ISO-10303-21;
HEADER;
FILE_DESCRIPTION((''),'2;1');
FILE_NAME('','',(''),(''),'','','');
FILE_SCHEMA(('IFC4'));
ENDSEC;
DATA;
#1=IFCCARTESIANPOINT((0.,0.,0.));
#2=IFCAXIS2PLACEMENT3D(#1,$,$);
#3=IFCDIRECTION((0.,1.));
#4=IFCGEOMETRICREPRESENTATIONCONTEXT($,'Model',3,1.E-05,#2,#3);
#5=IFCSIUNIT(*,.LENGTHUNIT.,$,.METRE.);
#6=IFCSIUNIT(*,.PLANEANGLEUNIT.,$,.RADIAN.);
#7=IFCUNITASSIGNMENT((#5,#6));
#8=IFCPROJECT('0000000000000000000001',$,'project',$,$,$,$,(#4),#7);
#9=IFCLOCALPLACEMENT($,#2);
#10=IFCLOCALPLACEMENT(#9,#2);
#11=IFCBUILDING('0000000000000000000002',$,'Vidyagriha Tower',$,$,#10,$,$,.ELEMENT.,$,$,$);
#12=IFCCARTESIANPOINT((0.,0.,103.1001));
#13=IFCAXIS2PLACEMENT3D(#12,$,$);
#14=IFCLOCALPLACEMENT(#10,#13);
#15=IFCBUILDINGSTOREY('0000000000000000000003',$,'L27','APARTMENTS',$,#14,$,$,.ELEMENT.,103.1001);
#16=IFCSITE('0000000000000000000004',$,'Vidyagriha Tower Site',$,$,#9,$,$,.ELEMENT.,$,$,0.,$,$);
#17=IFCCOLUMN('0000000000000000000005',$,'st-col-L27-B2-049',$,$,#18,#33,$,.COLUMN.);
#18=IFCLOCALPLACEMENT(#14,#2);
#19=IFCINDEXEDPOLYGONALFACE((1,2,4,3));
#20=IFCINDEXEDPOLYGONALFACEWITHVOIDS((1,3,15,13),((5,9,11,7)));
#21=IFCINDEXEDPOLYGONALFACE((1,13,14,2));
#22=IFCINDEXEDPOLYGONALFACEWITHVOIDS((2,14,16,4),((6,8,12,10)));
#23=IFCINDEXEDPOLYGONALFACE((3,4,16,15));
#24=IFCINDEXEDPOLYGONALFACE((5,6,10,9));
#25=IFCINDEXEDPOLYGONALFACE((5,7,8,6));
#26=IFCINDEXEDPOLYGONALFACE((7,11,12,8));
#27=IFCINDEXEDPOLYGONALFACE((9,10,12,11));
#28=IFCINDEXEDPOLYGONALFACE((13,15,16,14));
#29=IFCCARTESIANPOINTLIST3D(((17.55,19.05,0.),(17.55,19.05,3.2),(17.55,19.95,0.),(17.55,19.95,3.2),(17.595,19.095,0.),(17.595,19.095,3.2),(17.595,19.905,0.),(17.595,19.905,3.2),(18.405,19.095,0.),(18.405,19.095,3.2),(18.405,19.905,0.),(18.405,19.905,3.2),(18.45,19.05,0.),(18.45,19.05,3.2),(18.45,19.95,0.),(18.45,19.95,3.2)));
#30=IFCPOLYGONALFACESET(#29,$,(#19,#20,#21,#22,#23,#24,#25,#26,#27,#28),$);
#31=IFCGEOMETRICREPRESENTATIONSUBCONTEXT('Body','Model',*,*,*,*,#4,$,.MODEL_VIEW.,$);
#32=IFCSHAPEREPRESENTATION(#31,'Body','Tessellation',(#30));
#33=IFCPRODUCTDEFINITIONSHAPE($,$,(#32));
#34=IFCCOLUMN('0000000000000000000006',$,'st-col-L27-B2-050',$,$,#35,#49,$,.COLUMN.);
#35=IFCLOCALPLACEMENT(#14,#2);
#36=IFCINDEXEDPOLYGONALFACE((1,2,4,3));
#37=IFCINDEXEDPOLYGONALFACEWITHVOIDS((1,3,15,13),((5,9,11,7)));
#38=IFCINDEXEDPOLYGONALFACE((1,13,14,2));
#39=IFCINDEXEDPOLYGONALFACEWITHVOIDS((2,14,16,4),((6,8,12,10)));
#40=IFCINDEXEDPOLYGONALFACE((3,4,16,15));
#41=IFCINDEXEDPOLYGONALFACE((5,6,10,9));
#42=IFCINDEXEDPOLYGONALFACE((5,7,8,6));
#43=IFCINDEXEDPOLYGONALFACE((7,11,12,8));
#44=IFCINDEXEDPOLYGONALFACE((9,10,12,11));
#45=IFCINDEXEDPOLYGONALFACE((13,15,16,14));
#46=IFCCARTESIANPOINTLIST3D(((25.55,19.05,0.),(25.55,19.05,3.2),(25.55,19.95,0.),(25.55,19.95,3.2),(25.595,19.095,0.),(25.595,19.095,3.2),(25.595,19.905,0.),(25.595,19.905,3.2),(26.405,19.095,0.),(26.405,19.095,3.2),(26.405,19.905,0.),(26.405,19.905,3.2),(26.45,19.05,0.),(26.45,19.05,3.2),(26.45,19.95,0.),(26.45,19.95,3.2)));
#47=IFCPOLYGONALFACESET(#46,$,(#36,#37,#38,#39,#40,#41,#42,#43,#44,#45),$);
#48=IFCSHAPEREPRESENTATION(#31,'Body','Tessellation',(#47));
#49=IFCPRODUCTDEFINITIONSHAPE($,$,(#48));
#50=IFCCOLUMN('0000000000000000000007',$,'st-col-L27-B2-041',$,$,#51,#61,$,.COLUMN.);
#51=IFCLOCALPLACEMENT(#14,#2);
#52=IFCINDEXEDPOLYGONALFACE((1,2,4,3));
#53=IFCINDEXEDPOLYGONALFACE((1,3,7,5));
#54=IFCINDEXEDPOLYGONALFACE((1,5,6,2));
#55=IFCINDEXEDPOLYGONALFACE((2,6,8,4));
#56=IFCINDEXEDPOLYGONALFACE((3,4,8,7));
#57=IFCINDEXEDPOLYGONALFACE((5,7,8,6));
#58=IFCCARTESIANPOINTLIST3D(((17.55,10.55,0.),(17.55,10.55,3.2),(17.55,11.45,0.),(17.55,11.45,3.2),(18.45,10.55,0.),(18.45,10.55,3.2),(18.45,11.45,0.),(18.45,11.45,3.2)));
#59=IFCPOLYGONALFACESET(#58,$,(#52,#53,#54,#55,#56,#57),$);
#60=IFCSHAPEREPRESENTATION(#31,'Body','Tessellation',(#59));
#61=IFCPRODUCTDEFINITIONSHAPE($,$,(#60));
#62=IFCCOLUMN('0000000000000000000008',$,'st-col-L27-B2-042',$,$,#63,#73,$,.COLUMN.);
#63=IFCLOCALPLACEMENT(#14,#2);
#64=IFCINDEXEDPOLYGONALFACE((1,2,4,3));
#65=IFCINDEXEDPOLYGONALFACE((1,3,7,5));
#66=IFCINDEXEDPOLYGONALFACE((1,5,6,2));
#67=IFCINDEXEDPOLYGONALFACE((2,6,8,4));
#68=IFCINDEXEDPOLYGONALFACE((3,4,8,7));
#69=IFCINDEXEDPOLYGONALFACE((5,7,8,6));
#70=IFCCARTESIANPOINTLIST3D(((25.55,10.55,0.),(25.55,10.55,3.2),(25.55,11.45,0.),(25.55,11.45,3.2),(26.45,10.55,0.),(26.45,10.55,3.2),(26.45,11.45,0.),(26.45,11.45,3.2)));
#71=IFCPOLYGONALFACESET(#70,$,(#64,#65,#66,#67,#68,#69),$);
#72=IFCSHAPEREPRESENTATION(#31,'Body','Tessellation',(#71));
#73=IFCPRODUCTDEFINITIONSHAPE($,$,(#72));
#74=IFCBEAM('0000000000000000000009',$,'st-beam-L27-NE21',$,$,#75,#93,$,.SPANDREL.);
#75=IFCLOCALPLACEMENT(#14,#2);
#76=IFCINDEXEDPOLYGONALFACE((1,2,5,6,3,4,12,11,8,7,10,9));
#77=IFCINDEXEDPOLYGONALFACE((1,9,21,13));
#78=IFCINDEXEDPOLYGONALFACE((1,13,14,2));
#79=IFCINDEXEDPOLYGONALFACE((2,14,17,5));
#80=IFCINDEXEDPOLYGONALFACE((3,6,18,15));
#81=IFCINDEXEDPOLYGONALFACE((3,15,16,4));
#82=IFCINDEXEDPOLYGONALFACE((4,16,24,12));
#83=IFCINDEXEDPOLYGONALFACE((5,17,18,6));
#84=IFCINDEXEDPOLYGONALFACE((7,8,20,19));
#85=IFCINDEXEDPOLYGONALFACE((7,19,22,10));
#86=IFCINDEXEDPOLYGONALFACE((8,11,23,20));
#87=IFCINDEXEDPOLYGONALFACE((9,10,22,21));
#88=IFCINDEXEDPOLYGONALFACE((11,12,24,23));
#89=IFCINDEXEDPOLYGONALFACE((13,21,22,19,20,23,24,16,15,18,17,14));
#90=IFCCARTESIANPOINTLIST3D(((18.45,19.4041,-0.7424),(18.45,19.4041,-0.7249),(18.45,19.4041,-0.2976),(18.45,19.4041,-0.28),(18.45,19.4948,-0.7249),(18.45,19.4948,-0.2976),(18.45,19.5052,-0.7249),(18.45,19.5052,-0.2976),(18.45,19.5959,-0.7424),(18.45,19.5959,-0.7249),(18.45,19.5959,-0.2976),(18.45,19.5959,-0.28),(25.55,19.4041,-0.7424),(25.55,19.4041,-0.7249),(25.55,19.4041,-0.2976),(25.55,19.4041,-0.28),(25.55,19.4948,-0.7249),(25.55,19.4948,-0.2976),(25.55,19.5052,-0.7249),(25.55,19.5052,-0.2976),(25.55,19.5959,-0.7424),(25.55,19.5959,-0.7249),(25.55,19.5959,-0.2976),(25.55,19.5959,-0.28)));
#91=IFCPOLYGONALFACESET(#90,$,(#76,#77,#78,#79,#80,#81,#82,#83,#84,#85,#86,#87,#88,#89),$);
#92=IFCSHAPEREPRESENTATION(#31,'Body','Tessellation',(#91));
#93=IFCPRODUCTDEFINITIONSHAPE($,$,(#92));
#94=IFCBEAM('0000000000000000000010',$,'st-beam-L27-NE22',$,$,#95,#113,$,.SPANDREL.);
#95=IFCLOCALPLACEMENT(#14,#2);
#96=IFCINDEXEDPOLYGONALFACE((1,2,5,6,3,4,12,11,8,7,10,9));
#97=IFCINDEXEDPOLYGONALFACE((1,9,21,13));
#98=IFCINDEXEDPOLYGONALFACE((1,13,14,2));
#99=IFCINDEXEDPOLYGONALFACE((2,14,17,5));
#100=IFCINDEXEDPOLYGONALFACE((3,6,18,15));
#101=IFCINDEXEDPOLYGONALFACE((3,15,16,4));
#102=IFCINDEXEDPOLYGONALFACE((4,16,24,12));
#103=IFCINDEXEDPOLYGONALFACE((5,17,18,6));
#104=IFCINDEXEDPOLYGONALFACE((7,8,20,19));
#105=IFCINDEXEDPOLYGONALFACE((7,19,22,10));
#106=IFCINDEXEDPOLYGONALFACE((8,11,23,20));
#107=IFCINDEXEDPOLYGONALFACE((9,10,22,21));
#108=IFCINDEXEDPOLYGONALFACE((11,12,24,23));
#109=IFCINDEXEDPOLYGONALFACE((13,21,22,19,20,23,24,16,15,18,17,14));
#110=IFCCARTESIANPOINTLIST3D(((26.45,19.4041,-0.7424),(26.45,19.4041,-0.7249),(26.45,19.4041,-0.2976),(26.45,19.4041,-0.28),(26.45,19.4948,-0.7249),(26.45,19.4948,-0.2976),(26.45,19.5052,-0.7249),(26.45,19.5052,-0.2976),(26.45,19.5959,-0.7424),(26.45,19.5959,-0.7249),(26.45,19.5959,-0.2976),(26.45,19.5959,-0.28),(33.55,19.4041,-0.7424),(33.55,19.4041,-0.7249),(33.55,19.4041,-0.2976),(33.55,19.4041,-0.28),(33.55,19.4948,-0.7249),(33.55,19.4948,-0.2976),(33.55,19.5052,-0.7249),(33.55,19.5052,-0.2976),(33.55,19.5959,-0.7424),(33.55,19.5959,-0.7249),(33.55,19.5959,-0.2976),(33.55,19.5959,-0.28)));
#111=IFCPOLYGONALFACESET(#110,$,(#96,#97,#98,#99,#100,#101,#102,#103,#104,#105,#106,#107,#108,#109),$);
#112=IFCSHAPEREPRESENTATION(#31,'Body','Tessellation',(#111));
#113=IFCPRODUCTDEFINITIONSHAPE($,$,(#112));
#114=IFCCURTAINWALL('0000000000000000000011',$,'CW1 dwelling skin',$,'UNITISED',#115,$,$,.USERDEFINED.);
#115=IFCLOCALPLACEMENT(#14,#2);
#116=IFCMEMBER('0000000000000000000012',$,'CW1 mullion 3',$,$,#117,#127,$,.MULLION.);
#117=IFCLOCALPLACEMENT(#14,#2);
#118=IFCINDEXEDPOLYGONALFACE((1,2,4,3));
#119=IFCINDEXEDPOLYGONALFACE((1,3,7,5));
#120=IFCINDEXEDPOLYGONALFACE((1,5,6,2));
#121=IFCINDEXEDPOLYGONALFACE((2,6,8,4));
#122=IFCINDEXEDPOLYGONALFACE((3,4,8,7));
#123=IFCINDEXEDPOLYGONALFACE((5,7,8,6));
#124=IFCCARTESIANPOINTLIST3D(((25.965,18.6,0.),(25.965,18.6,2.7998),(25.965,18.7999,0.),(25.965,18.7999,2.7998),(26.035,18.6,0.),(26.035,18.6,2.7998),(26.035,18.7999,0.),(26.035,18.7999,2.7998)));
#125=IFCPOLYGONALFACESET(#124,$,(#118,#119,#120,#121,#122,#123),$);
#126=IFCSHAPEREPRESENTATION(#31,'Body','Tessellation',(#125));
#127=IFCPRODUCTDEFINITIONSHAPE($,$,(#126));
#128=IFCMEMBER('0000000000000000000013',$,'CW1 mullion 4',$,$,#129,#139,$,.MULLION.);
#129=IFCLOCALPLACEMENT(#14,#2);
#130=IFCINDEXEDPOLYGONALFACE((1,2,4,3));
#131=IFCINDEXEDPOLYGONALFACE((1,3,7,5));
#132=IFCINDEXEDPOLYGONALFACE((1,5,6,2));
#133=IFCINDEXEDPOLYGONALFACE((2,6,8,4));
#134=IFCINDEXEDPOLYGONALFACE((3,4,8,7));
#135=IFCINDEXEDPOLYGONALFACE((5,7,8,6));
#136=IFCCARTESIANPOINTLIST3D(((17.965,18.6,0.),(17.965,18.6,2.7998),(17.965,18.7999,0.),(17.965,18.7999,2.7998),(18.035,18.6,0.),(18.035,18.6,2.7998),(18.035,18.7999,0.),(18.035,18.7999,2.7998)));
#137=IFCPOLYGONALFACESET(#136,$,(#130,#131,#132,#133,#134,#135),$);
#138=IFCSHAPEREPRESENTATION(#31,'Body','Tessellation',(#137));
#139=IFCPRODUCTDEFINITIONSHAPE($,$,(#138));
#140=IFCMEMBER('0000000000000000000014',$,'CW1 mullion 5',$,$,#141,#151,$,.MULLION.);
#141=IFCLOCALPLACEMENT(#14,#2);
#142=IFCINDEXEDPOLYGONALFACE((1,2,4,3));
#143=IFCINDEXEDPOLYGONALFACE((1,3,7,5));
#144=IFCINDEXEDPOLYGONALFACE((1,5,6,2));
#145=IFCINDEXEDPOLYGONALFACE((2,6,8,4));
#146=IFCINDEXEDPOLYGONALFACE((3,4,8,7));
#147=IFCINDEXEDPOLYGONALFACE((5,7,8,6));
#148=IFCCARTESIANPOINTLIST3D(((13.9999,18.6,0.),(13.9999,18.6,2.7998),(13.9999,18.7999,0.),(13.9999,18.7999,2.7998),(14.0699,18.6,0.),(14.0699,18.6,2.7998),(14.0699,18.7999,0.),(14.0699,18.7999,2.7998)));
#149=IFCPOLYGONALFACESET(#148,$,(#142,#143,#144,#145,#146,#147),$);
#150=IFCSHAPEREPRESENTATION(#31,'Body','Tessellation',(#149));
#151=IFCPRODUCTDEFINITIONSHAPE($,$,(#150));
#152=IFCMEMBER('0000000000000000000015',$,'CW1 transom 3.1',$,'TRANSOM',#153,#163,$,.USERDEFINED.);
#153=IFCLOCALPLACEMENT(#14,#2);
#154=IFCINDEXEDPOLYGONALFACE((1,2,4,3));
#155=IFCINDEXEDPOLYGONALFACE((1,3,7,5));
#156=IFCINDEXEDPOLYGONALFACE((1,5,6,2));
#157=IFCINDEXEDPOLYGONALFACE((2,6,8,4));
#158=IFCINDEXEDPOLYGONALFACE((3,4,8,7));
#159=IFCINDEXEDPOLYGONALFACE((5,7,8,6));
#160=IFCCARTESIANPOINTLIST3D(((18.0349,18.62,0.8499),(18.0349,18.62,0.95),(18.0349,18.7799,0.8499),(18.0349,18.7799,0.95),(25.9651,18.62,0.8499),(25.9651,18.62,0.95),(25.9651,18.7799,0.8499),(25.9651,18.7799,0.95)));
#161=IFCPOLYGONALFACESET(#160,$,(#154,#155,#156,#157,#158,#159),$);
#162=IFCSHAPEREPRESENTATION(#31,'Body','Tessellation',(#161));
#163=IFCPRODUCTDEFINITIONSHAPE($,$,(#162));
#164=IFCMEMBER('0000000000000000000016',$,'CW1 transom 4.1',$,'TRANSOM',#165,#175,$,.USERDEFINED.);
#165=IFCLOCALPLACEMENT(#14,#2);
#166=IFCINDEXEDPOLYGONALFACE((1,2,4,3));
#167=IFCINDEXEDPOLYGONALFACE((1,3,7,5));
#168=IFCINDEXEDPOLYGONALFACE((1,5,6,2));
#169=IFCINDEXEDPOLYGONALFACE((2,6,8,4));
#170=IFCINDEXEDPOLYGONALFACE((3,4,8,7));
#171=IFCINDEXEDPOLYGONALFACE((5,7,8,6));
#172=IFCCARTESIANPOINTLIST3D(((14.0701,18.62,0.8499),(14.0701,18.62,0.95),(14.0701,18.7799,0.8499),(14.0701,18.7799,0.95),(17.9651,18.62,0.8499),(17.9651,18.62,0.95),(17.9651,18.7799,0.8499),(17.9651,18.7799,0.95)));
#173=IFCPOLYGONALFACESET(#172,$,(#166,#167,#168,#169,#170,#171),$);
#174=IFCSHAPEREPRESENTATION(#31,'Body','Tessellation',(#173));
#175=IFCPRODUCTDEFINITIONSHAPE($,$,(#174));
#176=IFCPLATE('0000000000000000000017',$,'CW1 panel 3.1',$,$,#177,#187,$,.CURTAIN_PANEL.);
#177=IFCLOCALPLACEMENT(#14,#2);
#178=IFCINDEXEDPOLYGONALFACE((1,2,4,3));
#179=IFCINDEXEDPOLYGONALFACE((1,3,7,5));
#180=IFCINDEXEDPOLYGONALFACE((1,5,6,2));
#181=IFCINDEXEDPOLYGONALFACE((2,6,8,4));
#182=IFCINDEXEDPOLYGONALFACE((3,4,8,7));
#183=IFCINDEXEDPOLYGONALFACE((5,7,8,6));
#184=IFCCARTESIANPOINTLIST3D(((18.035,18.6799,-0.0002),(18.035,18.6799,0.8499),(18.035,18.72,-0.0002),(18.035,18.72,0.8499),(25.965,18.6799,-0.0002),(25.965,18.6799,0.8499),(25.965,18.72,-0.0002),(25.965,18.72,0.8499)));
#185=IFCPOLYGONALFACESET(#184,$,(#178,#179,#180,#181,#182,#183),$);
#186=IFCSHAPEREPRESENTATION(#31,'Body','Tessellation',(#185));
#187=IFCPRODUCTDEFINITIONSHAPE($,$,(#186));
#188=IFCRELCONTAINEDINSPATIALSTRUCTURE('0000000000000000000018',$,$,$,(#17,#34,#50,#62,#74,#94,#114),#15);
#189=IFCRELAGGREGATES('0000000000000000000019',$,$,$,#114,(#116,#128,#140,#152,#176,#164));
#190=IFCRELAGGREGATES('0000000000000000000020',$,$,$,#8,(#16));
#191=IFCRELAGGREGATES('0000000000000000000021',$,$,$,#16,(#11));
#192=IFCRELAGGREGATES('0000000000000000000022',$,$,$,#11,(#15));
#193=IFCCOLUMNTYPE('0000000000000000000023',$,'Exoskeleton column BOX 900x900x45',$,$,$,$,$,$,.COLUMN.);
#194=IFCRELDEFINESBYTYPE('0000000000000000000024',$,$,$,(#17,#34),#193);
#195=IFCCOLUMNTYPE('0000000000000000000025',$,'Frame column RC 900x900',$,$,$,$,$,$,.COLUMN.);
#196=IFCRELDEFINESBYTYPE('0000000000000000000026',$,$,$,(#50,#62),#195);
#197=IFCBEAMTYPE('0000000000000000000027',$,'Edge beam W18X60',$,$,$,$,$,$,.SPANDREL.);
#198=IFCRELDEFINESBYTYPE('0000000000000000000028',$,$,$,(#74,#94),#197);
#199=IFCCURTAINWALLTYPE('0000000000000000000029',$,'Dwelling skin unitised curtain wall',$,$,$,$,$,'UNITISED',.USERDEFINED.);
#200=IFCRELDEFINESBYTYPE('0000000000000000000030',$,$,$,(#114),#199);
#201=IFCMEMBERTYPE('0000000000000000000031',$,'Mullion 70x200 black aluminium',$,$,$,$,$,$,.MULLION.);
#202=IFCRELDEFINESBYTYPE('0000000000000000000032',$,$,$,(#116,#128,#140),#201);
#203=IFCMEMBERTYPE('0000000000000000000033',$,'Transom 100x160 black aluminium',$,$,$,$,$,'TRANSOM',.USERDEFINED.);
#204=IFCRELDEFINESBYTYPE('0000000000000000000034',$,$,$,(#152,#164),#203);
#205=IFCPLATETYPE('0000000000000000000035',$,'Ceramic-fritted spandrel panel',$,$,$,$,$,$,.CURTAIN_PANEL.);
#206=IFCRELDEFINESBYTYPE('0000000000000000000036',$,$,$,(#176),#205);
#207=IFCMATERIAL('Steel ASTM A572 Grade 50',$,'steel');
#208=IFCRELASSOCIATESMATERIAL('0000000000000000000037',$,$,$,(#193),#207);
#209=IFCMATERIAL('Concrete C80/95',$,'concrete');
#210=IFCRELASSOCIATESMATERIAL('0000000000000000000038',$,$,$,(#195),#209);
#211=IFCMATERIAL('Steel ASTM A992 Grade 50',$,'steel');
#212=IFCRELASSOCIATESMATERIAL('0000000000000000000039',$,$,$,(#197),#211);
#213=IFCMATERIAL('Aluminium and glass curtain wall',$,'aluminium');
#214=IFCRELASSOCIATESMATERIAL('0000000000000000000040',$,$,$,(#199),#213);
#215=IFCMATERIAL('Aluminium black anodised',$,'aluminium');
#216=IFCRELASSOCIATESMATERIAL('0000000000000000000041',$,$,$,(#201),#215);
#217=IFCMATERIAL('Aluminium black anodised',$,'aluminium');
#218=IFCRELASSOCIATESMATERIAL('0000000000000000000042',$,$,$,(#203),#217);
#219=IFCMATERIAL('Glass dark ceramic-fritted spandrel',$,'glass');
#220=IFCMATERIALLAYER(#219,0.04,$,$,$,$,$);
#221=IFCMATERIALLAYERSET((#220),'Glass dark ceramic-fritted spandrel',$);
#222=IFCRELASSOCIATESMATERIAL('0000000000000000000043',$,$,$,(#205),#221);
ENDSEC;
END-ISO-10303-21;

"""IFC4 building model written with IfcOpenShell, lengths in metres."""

from ifc_helpers import new_model, si_unit, direction, frame, origin, origin_2d, place, context, subcontext, project, spatial, rectangle, hollow_rectangle, i_section, extrude, material, layer, layer_set, material_profile, profile_set, type_object, element, aggregate, save


model = new_model("IFC4")

# Units and contexts
model_context = context("Model", 3, precision=1e-05, world=origin(), true_north=direction((0.0, 1.0)))
body_context = subcontext(model_context, "Body", "Model", "MODEL_VIEW")
ifc_project = project(units=[si_unit("LENGTHUNIT", "METRE"), si_unit("PLANEANGLEUNIT", "RADIAN")], contexts=[model_context])

# Site, building, storey
site_placement = place(None, origin())
site = spatial("IfcSite", under=ifc_project, at=site_placement, Name="Vidyagriha Tower Site", CompositionType="ELEMENT", RefElevation=0.0)
building_placement = place(site_placement, origin())
building = spatial("IfcBuilding", under=site, at=building_placement, Name="Vidyagriha Tower", CompositionType="ELEMENT")
storey_placement = place(building_placement, frame((0.0, 0.0, 103.1001)))
storey = spatial("IfcBuildingStorey", under=building, at=storey_placement, Name="L27", Description="APARTMENTS", CompositionType="ELEMENT", Elevation=103.1001)

# Columns
ifc_material_1 = material(Name="Steel ASTM A572 Grade 50", Category="steel")
ifc_material_profile_1 = material_profile(ifc_material_1, hollow_rectangle(XDim=0.8999, YDim=0.8999, WallThickness=0.0449, at=origin_2d()), Name="BOX 900x900x45")
ifc_profile_set_1 = profile_set([ifc_material_profile_1], Name="Steel ASTM A572 Grade 50")
column_type_1 = type_object("IfcColumnType", Name="Exoskeleton column BOX 900x900x45", PredefinedType="COLUMN", material=ifc_profile_set_1)
for number, where, name in (
    (1, (18.0, 19.5, 0.0), "st-col-L27-B2-049"),
    (2, (26.0, 19.5, 0.0), "st-col-L27-B2-050"),
):
    element("IfcColumn", number, at=place(storey_placement, frame(where)), inside=storey, type_object=column_type_1, Name=name, PredefinedType="COLUMN", context=body_context, shape_type="SweptSolid", body=[
        extrude(hollow_rectangle(XDim=0.8999, YDim=0.8999, WallThickness=0.0449, at=origin_2d()), origin(), (0.0, 0.0, 1.0), 3.2),
    ])
ifc_material_2 = material(Name="Concrete C80/95", Category="concrete")
ifc_material_profile_2 = material_profile(ifc_material_2, rectangle(XDim=0.8999, YDim=0.8999, at=origin_2d()), Name="RC 900x900")
ifc_profile_set_2 = profile_set([ifc_material_profile_2], Name="Concrete C80/95")
column_type_2 = type_object("IfcColumnType", Name="Frame column RC 900x900", PredefinedType="COLUMN", material=ifc_profile_set_2)
for number, where, name in (
    (3, (18.0, 11.0, 0.0), "st-col-L27-B2-041"),
    (4, (26.0, 11.0, 0.0), "st-col-L27-B2-042"),
):
    element("IfcColumn", number, at=place(storey_placement, frame(where)), inside=storey, type_object=column_type_2, Name=name, PredefinedType="COLUMN", context=body_context, shape_type="SweptSolid", body=[
        extrude(rectangle(XDim=0.8999, YDim=0.8999, at=origin_2d()), origin(), (0.0, 0.0, 1.0), 3.2),
    ])

# Beams
ifc_material_3 = material(Name="Steel ASTM A992 Grade 50", Category="steel")
ifc_material_profile_3 = material_profile(ifc_material_3, i_section(OverallWidth=0.1919, OverallDepth=0.4624, WebThickness=0.0105, FlangeThickness=0.0176, at=origin_2d()), Name="W18X60")
ifc_profile_set_3 = profile_set([ifc_material_profile_3], Name="Steel ASTM A992 Grade 50")
beam_type = type_object("IfcBeamType", Name="Edge beam W18X60", PredefinedType="SPANDREL", material=ifc_profile_set_3)
for number, where, z_axis, x_axis, name in (
    (5, (18.45, 19.5, -0.5112), (1.0, 0.0, 0.0), (0.0, 1.0, 0.0), "st-beam-L27-NE21"),
    (6, (26.45, 19.5, -0.5112), (1.0, 0.0, 0.0), (0.0, 1.0, 0.0), "st-beam-L27-NE22"),
):
    element("IfcBeam", number, at=place(storey_placement, frame(where, z_axis=z_axis, x_axis=x_axis)), inside=storey, type_object=beam_type, Name=name, PredefinedType="SPANDREL", context=body_context, shape_type="SweptSolid", body=[
        extrude(i_section(OverallWidth=0.1919, OverallDepth=0.4624, WebThickness=0.0105, FlangeThickness=0.0176, at=origin_2d()), origin(), (0.0, 0.0, 1.0), 7.1001),
    ])

# Curtain wall, members, plate
ifc_material_4 = material(Name="Aluminium and glass curtain wall", Category="aluminium")
curtain_wall_type = type_object("IfcCurtainWallType", Name="Dwelling skin unitised curtain wall", ElementType="UNITISED", PredefinedType="USERDEFINED", material=ifc_material_4)
curtain_wall_placement = place(storey_placement, origin())
curtain_wall = element("IfcCurtainWall", 7, at=curtain_wall_placement, inside=storey, type_object=curtain_wall_type, Name="CW1 dwelling skin", ObjectType="UNITISED", PredefinedType="USERDEFINED")
ifc_material_5 = material(Name="Aluminium black anodised", Category="aluminium")
ifc_material_profile_4 = material_profile(ifc_material_5, rectangle(XDim=0.2, YDim=0.0701, at=origin_2d()), Name="Mullion 70x200 black aluminium")
ifc_profile_set_4 = profile_set([ifc_material_profile_4], Name="Aluminium black anodised")
member_type_1 = type_object("IfcMemberType", Name="Mullion 70x200 black aluminium", PredefinedType="MULLION", material=ifc_profile_set_4)
member_1_placement = place(storey_placement, frame((26.0, 18.7, 0.0), z_axis=(0.0, 0.0, 1.0), x_axis=(0.0, -1.0, 0.0)))
member_1 = element("IfcMember", 8, at=member_1_placement, type_object=member_type_1, Name="CW1 mullion 3", PredefinedType="MULLION", context=body_context, shape_type="SweptSolid", body=[
    extrude(rectangle(XDim=0.2, YDim=0.0701, at=origin_2d()), origin(), (0.0, 0.0, 1.0), 2.7998),
])
member_2_placement = place(storey_placement, frame((18.0, 18.7, 0.0), z_axis=(0.0, 0.0, 1.0), x_axis=(0.0, -1.0, 0.0)))
member_2 = element("IfcMember", 9, at=member_2_placement, type_object=member_type_1, Name="CW1 mullion 4", PredefinedType="MULLION", context=body_context, shape_type="SweptSolid", body=[
    extrude(rectangle(XDim=0.2, YDim=0.0701, at=origin_2d()), origin(), (0.0, 0.0, 1.0), 2.7998),
])
member_3_placement = place(storey_placement, frame((14.0349, 18.7, 0.0), z_axis=(0.0, 0.0, 1.0), x_axis=(0.0, -1.0, 0.0)))
member_3 = element("IfcMember", 10, at=member_3_placement, type_object=member_type_1, Name="CW1 mullion 5", PredefinedType="MULLION", context=body_context, shape_type="SweptSolid", body=[
    extrude(rectangle(XDim=0.2, YDim=0.0701, at=origin_2d()), origin(), (0.0, 0.0, 1.0), 2.7998),
])
ifc_material_6 = material(Name="Aluminium black anodised", Category="aluminium")
ifc_material_profile_5 = material_profile(ifc_material_6, rectangle(XDim=0.1599, YDim=0.1001, at=origin_2d()), Name="Transom 100x160 black aluminium")
ifc_profile_set_5 = profile_set([ifc_material_profile_5], Name="Aluminium black anodised")
member_type_2 = type_object("IfcMemberType", Name="Transom 100x160 black aluminium", ElementType="TRANSOM", PredefinedType="USERDEFINED", material=ifc_profile_set_5)
member_4_placement = place(storey_placement, frame((25.9651, 18.7, 0.8999), z_axis=(-1.0, 0.0, 0.0), x_axis=(0.0, -1.0, 0.0)))
member_4 = element("IfcMember", 11, at=member_4_placement, type_object=member_type_2, Name="CW1 transom 3.1", ObjectType="TRANSOM", PredefinedType="USERDEFINED", context=body_context, shape_type="SweptSolid", body=[
    extrude(rectangle(XDim=0.1599, YDim=0.1001, at=origin_2d()), origin(), (0.0, 0.0, 1.0), 7.9302),
])
member_5_placement = place(storey_placement, frame((17.9651, 18.7, 0.8999), z_axis=(-1.0, 0.0, 0.0), x_axis=(0.0, -1.0, 0.0)))
member_5 = element("IfcMember", 12, at=member_5_placement, type_object=member_type_2, Name="CW1 transom 4.1", ObjectType="TRANSOM", PredefinedType="USERDEFINED", context=body_context, shape_type="SweptSolid", body=[
    extrude(rectangle(XDim=0.1599, YDim=0.1001, at=origin_2d()), origin(), (0.0, 0.0, 1.0), 3.895),
])
ifc_material_7 = material(Name="Glass dark ceramic-fritted spandrel", Category="glass")
ifc_layer_1 = layer(ifc_material_7, 0.04)
ifc_layer_set_1 = layer_set([ifc_layer_1], Name="Glass dark ceramic-fritted spandrel")
plate_type_1 = type_object("IfcPlateType", Name="Ceramic-fritted spandrel panel", PredefinedType="CURTAIN_PANEL", material=ifc_layer_set_1)
plate_1_placement = place(storey_placement, frame((22.0, 18.7, -0.0002), z_axis=(0.0, 0.0, 1.0), x_axis=(-1.0, 0.0, 0.0)))
plate_1 = element("IfcPlate", 13, at=plate_1_placement, type_object=plate_type_1, Name="CW1 panel 3.1", PredefinedType="CURTAIN_PANEL", context=body_context, shape_type="SweptSolid", body=[
    extrude(rectangle(XDim=7.9299, YDim=0.04, at=origin_2d()), origin(), (0.0, 0.0, 1.0), 0.8501),
])
aggregate(curtain_wall, [member_1, member_2, member_3, member_4, plate_1, member_5])

save(model, "model.ifc")
